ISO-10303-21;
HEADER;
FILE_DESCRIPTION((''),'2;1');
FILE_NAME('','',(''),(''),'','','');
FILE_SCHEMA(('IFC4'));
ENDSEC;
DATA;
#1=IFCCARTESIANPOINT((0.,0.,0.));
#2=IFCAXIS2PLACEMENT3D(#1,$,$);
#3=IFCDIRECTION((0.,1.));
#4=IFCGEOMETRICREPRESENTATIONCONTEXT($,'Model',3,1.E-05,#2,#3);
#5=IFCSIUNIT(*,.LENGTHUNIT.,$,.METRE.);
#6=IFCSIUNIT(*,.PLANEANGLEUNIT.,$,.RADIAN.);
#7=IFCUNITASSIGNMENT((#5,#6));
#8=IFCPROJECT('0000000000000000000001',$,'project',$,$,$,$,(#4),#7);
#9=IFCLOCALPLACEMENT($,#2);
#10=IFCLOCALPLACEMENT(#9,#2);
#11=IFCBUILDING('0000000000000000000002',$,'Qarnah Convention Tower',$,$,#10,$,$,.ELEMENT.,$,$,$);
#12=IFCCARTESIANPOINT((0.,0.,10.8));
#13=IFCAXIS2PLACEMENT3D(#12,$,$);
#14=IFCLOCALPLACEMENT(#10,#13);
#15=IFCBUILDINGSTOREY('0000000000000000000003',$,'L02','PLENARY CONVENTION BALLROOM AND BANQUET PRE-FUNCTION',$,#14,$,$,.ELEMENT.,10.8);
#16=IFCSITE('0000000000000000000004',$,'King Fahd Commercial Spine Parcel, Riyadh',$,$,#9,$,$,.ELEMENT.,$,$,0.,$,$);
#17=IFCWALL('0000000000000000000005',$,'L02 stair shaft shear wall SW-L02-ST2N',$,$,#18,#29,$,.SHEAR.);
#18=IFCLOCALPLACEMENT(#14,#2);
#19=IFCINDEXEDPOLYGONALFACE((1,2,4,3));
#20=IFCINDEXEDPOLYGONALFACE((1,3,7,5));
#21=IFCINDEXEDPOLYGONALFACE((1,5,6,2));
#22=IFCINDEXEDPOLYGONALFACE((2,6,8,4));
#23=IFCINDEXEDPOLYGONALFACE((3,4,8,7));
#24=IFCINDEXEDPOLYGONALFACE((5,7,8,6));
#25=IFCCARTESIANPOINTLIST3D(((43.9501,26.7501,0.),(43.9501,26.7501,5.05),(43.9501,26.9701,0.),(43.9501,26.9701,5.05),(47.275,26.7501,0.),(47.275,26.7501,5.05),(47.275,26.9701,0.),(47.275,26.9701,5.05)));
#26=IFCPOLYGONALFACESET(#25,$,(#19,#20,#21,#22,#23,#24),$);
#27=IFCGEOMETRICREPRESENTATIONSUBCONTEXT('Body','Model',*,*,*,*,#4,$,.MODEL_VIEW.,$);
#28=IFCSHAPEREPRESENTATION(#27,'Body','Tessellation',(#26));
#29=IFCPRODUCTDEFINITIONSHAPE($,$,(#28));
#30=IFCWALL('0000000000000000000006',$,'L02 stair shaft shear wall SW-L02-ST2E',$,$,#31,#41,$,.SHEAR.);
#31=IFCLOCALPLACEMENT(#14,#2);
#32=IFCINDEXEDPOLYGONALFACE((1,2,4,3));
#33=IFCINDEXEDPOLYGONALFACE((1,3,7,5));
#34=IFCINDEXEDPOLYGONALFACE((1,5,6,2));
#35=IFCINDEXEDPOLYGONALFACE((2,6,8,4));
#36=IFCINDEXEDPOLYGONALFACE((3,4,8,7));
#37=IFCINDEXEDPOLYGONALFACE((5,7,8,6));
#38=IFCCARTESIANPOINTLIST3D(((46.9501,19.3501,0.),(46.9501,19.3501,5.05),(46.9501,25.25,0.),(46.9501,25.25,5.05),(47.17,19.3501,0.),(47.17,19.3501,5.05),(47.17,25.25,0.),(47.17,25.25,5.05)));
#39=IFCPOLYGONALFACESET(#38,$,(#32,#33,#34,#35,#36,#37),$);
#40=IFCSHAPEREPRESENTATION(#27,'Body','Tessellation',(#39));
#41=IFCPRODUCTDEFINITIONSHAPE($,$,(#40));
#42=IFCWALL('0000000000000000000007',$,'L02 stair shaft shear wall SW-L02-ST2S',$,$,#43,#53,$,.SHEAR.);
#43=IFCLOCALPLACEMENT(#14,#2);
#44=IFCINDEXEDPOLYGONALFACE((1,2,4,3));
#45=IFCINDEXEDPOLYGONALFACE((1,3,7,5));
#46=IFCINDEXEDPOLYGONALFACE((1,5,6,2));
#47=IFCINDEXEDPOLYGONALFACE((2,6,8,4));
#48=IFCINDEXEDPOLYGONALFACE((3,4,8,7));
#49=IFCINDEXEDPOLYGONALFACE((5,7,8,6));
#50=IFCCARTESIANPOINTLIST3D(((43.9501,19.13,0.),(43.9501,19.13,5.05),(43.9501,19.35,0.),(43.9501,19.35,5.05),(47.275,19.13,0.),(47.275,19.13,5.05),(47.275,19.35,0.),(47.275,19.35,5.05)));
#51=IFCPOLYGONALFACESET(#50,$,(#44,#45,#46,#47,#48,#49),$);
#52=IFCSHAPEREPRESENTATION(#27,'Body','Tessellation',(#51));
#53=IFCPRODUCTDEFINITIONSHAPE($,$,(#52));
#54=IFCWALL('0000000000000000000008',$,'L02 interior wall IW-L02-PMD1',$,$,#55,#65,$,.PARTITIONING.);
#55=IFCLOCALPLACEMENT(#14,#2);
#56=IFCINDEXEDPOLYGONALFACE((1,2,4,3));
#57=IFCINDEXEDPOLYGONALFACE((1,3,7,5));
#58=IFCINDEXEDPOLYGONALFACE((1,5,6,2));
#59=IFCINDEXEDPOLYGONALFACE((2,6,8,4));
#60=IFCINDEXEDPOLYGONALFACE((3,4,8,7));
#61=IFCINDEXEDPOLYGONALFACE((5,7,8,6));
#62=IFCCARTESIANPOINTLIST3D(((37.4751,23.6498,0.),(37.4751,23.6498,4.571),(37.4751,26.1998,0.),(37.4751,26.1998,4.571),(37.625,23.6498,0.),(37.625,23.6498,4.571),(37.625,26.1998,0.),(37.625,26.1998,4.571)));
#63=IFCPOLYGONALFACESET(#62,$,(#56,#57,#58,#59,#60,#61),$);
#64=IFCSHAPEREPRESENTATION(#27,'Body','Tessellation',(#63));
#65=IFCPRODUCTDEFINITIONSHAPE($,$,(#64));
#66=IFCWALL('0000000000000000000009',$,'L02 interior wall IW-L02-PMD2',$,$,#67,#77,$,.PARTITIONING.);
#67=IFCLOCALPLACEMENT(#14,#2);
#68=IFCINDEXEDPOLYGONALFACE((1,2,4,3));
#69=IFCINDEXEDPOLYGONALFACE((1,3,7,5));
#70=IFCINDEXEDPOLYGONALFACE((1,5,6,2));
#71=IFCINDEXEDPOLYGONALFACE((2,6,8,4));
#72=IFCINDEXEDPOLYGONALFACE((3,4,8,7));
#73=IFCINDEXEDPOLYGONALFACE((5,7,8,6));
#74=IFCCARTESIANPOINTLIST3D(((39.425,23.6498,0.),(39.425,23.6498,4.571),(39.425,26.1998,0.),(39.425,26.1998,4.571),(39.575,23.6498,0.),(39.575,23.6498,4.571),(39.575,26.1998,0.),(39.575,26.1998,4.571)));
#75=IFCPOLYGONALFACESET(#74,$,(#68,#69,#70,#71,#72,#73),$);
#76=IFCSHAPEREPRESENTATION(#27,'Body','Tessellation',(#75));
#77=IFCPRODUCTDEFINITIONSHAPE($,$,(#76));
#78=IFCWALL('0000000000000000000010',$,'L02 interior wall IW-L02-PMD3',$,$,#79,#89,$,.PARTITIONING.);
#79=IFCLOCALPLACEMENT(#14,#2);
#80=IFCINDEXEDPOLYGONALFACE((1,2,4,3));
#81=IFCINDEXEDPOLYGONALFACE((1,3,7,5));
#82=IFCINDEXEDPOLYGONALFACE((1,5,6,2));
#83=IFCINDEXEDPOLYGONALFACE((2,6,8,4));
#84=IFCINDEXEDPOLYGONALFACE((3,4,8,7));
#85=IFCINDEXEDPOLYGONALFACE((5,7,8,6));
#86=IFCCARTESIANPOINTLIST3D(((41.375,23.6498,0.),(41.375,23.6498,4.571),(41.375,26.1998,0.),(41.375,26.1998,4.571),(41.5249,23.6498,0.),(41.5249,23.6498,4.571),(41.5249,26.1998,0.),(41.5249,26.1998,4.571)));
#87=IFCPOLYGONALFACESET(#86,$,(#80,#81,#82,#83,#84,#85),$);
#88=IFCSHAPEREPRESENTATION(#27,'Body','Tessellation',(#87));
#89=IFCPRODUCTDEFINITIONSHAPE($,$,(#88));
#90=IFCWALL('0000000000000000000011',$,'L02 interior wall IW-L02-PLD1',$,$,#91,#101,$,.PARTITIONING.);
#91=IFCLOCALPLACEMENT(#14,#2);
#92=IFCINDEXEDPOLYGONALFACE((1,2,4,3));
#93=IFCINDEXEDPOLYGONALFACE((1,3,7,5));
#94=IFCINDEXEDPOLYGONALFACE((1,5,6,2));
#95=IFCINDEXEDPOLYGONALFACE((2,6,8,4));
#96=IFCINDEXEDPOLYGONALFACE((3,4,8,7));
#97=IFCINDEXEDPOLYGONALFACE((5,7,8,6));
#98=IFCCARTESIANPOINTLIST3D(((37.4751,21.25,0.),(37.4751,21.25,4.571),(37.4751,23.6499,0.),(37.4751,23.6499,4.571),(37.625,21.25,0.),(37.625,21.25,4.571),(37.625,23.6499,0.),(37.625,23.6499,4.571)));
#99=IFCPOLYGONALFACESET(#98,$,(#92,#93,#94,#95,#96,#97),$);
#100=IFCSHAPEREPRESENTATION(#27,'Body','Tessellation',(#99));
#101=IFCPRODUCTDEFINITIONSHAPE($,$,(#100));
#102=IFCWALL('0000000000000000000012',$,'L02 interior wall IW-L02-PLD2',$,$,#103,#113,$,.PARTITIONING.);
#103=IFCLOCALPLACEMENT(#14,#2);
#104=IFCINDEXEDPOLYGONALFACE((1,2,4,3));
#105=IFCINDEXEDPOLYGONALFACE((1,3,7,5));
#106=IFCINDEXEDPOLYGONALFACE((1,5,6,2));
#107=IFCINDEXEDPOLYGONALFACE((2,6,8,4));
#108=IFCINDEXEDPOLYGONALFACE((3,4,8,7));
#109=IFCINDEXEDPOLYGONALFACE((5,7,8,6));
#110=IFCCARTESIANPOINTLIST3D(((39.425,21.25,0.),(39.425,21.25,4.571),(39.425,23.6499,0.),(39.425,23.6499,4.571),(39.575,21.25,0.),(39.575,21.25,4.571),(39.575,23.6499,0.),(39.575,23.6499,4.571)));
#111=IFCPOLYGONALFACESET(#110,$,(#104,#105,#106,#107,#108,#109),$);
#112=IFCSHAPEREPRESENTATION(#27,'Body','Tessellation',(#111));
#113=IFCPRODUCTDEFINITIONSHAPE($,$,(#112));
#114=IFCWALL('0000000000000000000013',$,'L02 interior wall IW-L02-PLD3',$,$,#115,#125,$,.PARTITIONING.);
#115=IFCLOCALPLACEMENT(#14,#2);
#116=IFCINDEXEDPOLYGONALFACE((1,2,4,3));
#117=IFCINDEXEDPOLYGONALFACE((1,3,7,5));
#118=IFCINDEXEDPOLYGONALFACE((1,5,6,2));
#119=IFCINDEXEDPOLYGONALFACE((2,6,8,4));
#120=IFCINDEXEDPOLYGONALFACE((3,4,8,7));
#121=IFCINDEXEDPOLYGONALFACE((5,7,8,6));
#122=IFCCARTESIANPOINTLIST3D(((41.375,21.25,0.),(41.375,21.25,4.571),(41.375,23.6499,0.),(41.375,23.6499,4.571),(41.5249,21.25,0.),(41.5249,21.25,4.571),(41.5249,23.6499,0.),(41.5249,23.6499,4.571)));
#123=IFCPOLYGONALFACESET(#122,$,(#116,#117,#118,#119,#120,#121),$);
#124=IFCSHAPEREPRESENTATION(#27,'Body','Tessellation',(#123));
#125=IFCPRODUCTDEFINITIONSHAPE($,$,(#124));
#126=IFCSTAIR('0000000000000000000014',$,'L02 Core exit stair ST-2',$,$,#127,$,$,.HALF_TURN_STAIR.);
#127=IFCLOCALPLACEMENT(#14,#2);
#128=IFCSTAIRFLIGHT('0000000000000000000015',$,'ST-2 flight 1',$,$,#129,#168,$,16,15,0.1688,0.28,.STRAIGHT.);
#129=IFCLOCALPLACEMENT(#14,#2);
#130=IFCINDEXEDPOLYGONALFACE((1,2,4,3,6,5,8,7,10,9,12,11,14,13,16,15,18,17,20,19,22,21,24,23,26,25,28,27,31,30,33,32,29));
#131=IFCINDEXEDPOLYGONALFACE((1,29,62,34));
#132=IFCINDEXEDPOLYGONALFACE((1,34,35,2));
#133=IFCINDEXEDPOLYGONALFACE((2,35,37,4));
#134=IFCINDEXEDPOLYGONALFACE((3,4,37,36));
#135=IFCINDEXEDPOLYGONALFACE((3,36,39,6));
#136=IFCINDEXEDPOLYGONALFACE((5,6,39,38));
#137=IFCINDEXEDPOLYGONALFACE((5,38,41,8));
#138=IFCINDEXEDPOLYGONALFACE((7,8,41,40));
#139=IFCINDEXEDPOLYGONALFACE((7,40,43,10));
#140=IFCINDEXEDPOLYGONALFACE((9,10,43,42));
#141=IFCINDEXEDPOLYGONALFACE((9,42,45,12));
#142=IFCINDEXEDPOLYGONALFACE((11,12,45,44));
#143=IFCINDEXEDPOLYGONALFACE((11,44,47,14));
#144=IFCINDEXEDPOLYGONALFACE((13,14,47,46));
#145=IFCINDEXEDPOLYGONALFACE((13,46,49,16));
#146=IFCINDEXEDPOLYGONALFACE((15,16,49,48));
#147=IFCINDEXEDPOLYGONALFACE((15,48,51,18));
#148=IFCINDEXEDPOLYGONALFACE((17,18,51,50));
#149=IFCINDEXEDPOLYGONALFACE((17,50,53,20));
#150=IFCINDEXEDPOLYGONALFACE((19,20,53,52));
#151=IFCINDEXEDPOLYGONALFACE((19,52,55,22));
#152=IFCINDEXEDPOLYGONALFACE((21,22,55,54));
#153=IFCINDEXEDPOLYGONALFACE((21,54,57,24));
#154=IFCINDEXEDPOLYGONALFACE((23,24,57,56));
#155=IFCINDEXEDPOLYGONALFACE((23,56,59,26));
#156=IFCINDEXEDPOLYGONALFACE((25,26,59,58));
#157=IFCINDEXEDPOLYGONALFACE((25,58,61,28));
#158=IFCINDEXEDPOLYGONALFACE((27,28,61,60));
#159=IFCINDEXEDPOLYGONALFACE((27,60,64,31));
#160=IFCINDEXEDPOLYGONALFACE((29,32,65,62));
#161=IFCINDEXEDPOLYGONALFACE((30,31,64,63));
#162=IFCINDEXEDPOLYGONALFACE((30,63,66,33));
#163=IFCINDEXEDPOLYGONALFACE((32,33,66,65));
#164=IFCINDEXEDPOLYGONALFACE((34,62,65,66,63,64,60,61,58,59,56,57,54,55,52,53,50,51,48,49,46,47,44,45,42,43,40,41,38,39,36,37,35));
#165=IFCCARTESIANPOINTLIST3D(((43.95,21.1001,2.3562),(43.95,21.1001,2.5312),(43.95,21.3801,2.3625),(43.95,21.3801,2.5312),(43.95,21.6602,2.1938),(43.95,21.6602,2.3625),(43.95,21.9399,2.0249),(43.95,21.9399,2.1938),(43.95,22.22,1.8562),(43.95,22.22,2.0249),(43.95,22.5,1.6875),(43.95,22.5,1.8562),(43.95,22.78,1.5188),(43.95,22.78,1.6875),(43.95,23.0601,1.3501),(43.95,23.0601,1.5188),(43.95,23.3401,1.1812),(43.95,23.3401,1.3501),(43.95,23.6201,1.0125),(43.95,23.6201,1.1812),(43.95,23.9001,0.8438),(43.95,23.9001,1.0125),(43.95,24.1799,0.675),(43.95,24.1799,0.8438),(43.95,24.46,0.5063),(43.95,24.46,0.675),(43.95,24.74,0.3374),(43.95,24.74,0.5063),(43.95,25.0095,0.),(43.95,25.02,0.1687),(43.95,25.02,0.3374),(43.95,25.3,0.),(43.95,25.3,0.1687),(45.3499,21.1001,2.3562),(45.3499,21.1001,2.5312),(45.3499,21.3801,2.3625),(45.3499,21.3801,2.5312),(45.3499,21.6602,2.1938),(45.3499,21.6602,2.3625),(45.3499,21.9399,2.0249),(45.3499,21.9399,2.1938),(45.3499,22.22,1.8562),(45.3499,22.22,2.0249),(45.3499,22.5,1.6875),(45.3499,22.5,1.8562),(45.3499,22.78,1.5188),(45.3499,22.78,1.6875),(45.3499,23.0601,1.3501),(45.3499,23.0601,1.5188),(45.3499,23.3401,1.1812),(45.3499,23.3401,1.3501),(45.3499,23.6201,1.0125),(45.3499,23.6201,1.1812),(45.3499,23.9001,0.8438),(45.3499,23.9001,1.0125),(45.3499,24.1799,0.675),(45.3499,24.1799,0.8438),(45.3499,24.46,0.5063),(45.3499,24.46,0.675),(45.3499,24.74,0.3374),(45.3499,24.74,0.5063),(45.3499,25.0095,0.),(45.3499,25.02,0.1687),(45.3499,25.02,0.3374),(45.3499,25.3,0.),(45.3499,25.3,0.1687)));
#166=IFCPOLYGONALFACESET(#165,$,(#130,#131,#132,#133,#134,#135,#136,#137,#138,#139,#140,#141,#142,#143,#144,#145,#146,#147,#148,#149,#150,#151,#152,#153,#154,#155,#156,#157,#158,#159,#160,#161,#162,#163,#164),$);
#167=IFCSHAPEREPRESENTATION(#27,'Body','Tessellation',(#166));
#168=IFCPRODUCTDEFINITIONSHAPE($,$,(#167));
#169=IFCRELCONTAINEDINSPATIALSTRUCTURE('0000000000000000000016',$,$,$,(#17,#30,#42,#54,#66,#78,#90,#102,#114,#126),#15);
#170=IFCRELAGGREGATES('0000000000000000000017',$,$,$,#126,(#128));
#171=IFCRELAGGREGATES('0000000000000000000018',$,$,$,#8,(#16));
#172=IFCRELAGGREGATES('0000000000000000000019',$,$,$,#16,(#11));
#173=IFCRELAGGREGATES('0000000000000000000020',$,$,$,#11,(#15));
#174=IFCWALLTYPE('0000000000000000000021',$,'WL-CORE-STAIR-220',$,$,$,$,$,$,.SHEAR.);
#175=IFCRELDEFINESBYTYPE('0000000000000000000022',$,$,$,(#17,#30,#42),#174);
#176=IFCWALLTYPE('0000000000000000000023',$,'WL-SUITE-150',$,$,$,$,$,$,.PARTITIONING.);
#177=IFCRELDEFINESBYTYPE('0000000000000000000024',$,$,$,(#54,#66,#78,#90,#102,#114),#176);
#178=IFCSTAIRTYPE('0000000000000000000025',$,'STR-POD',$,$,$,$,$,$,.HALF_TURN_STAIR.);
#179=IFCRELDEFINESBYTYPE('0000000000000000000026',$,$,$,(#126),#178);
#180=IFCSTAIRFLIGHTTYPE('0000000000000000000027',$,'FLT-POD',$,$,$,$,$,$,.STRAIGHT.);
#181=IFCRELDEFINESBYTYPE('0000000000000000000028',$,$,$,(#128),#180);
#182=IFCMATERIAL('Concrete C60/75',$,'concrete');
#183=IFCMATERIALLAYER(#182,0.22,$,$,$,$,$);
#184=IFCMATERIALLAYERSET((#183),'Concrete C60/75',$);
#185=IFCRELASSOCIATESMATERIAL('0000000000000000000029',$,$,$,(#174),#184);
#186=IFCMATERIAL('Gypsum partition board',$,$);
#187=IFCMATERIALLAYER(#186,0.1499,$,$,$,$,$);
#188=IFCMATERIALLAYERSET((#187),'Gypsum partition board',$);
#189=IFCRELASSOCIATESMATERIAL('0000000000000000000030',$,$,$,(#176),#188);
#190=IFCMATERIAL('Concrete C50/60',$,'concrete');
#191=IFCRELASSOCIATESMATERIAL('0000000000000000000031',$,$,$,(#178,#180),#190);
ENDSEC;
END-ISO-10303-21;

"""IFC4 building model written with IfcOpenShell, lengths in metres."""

from ifc_helpers import new_model, si_unit, direction, frame, frame_2d, origin, place, context, subcontext, project, spatial, polyline, rectangle, outline, extrude, material, layer, layer_set, type_object, element, aggregate, save


model = new_model("IFC4")

# Units and contexts
model_context = context("Model", 3, precision=1e-05, world=origin(), true_north=direction((0.0, 1.0)))
body_context = subcontext(model_context, "Body", "Model", "MODEL_VIEW")
ifc_project = project(units=[si_unit("LENGTHUNIT", "METRE"), si_unit("PLANEANGLEUNIT", "RADIAN")], contexts=[model_context])

# Site, building, storey
site_placement = place(None, origin())
site = spatial("IfcSite", under=ifc_project, at=site_placement, Name="King Fahd Commercial Spine Parcel, Riyadh", CompositionType="ELEMENT", RefElevation=0.0)
building_placement = place(site_placement, origin())
building = spatial("IfcBuilding", under=site, at=building_placement, Name="Qarnah Convention Tower", CompositionType="ELEMENT")
storey_placement = place(building_placement, frame((0.0, 0.0, 10.8)))
storey = spatial("IfcBuildingStorey", under=building, at=storey_placement, Name="L02", Description="PLENARY CONVENTION BALLROOM AND BANQUET PRE-FUNCTION", CompositionType="ELEMENT", Elevation=10.8)

# Shared definitions
ifc_material_1 = material(Name="Concrete C60/75", Category="concrete")

# Walls
ifc_layer_1 = layer(ifc_material_1, 0.22)
ifc_layer_set_1 = layer_set([ifc_layer_1], Name="Concrete C60/75")
wall_type_1 = type_object("IfcWallType", Name="WL-CORE-STAIR-220", PredefinedType="SHEAR", material=ifc_layer_set_1)
wall_1_placement = place(storey_placement, frame((43.95, 26.8601, 0.0), z_axis=(0.0, 0.0, 1.0), x_axis=(1.0, 0.0, 0.0)))
element("IfcWall", 1, at=wall_1_placement, inside=storey, type_object=wall_type_1, Name="L02 stair shaft shear wall SW-L02-ST2N", PredefinedType="SHEAR", context=body_context, shape_type="SweptSolid", body=[
    extrude(rectangle(XDim=3.325, YDim=0.22, at=frame_2d((1.6626, 0.0))), origin(), (0.0, 0.0, 1.0), 5.05),
])
wall_2_placement = place(storey_placement, frame((47.0601, 19.3501, 0.0), z_axis=(0.0, 0.0, 1.0), x_axis=(0.0, 1.0, 0.0)))
element("IfcWall", 2, at=wall_2_placement, inside=storey, type_object=wall_type_1, Name="L02 stair shaft shear wall SW-L02-ST2E", PredefinedType="SHEAR", context=body_context, shape_type="SweptSolid", body=[
    extrude(rectangle(XDim=5.8999, YDim=0.22, at=frame_2d((2.95, 0.0))), origin(), (0.0, 0.0, 1.0), 5.05),
])
wall_3_placement = place(storey_placement, frame((43.95, 19.24, 0.0), z_axis=(0.0, 0.0, 1.0), x_axis=(1.0, 0.0, 0.0)))
element("IfcWall", 3, at=wall_3_placement, inside=storey, type_object=wall_type_1, Name="L02 stair shaft shear wall SW-L02-ST2S", PredefinedType="SHEAR", context=body_context, shape_type="SweptSolid", body=[
    extrude(rectangle(XDim=3.325, YDim=0.22, at=frame_2d((1.6626, 0.0))), origin(), (0.0, 0.0, 1.0), 5.05),
])
ifc_material_2 = material(Name="Gypsum partition board")
ifc_layer_2 = layer(ifc_material_2, 0.1499)
ifc_layer_set_2 = layer_set([ifc_layer_2], Name="Gypsum partition board")
wall_type_2 = type_object("IfcWallType", Name="WL-SUITE-150", PredefinedType="PARTITIONING", material=ifc_layer_set_2)
for number, where, z_axis, x_axis, name in (
    (4, (37.55, 23.6499, 0.0), (0.0, 0.0, 1.0), (0.0, 1.0, 0.0), "L02 interior wall IW-L02-PMD1"),
    (5, (39.5, 23.6499, 0.0), (0.0, 0.0, 1.0), (0.0, 1.0, 0.0), "L02 interior wall IW-L02-PMD2"),
    (6, (41.45, 23.6499, 0.0), (0.0, 0.0, 1.0), (0.0, 1.0, 0.0), "L02 interior wall IW-L02-PMD3"),
):
    element("IfcWall", number, at=place(storey_placement, frame(where, z_axis=z_axis, x_axis=x_axis)), inside=storey, type_object=wall_type_2, Name=name, PredefinedType="PARTITIONING", context=body_context, shape_type="SweptSolid", body=[
        extrude(rectangle(XDim=2.55, YDim=0.1499, at=frame_2d((1.2749, 0.0))), origin(), (0.0, 0.0, 1.0), 4.571),
    ])
for number, where, z_axis, x_axis, name in (
    (7, (37.55, 21.25, 0.0), (0.0, 0.0, 1.0), (0.0, 1.0, 0.0), "L02 interior wall IW-L02-PLD1"),
    (8, (39.5, 21.25, 0.0), (0.0, 0.0, 1.0), (0.0, 1.0, 0.0), "L02 interior wall IW-L02-PLD2"),
    (9, (41.45, 21.25, 0.0), (0.0, 0.0, 1.0), (0.0, 1.0, 0.0), "L02 interior wall IW-L02-PLD3"),
):
    element("IfcWall", number, at=place(storey_placement, frame(where, z_axis=z_axis, x_axis=x_axis)), inside=storey, type_object=wall_type_2, Name=name, PredefinedType="PARTITIONING", context=body_context, shape_type="SweptSolid", body=[
        extrude(rectangle(XDim=2.3999, YDim=0.1499, at=frame_2d((1.2, 0.0))), origin(), (0.0, 0.0, 1.0), 4.571),
    ])

# Stair, stair flight
ifc_material_3 = material(Name="Concrete C50/60", Category="concrete")
stair_type = type_object("IfcStairType", Name="STR-POD", PredefinedType="HALF_TURN_STAIR", material=ifc_material_3)
stair_placement = place(storey_placement, origin())
stair = element("IfcStair", 10, at=stair_placement, inside=storey, type_object=stair_type, Name="L02 Core exit stair ST-2", PredefinedType="HALF_TURN_STAIR")
stair_flight_type = type_object("IfcStairFlightType", Name="FLT-POD", PredefinedType="STRAIGHT", material=ifc_material_3)
stair_flight_1_placement = place(storey_placement, frame((44.6499, 25.3, 0.0), z_axis=(0.0, 0.0, 1.0), x_axis=(0.0, -1.0, 0.0)))
stair_flight_1 = element("IfcStairFlight", 11, at=stair_flight_1_placement, type_object=stair_flight_type, Name="ST-2 flight 1", NumberOfRisers=16, NumberOfTreads=15, PredefinedType="STRAIGHT", RiserHeight=0.1688, TreadLength=0.28, context=body_context, shape_type="SweptSolid", body=[
    extrude(outline(polyline([(0.0, 0.0), (0.0, 0.1687), (0.28, 0.1687), (0.28, 0.3374), (0.5601, 0.3374), (0.5601, 0.5063), (0.8401, 0.5063), (0.8401, 0.675), (1.1201, 0.675), (1.1201, 0.8438), (1.3999, 0.8438), (1.3999, 1.0125), (1.6799, 1.0125), (1.6799, 1.1812), (1.96, 1.1812), (1.96, 1.3501), (2.24, 1.3501), (2.24, 1.5188), (2.52, 1.5188), (2.52, 1.6875), (2.8, 1.6875), (2.8, 1.8562), (3.0801, 1.8562), (3.0801, 2.0249), (3.3601, 2.0249), (3.3601, 2.1938), (3.6399, 2.1938), (3.6399, 2.3625), (3.9199, 2.3625), (3.9199, 2.5312), (4.2, 2.5312), (4.2, 2.7), (4.2, 2.3562), (0.2905, 0.0), (0.0, 0.0)])), frame((0.0, 0.7, 0.0), z_axis=(0.0, -1.0, 0.0), x_axis=(1.0, 0.0, 0.0)), (0.0, 0.0, 1.0), 1.3999),
])
aggregate(stair, [stair_flight_1])

save(model, "model.ifc")
